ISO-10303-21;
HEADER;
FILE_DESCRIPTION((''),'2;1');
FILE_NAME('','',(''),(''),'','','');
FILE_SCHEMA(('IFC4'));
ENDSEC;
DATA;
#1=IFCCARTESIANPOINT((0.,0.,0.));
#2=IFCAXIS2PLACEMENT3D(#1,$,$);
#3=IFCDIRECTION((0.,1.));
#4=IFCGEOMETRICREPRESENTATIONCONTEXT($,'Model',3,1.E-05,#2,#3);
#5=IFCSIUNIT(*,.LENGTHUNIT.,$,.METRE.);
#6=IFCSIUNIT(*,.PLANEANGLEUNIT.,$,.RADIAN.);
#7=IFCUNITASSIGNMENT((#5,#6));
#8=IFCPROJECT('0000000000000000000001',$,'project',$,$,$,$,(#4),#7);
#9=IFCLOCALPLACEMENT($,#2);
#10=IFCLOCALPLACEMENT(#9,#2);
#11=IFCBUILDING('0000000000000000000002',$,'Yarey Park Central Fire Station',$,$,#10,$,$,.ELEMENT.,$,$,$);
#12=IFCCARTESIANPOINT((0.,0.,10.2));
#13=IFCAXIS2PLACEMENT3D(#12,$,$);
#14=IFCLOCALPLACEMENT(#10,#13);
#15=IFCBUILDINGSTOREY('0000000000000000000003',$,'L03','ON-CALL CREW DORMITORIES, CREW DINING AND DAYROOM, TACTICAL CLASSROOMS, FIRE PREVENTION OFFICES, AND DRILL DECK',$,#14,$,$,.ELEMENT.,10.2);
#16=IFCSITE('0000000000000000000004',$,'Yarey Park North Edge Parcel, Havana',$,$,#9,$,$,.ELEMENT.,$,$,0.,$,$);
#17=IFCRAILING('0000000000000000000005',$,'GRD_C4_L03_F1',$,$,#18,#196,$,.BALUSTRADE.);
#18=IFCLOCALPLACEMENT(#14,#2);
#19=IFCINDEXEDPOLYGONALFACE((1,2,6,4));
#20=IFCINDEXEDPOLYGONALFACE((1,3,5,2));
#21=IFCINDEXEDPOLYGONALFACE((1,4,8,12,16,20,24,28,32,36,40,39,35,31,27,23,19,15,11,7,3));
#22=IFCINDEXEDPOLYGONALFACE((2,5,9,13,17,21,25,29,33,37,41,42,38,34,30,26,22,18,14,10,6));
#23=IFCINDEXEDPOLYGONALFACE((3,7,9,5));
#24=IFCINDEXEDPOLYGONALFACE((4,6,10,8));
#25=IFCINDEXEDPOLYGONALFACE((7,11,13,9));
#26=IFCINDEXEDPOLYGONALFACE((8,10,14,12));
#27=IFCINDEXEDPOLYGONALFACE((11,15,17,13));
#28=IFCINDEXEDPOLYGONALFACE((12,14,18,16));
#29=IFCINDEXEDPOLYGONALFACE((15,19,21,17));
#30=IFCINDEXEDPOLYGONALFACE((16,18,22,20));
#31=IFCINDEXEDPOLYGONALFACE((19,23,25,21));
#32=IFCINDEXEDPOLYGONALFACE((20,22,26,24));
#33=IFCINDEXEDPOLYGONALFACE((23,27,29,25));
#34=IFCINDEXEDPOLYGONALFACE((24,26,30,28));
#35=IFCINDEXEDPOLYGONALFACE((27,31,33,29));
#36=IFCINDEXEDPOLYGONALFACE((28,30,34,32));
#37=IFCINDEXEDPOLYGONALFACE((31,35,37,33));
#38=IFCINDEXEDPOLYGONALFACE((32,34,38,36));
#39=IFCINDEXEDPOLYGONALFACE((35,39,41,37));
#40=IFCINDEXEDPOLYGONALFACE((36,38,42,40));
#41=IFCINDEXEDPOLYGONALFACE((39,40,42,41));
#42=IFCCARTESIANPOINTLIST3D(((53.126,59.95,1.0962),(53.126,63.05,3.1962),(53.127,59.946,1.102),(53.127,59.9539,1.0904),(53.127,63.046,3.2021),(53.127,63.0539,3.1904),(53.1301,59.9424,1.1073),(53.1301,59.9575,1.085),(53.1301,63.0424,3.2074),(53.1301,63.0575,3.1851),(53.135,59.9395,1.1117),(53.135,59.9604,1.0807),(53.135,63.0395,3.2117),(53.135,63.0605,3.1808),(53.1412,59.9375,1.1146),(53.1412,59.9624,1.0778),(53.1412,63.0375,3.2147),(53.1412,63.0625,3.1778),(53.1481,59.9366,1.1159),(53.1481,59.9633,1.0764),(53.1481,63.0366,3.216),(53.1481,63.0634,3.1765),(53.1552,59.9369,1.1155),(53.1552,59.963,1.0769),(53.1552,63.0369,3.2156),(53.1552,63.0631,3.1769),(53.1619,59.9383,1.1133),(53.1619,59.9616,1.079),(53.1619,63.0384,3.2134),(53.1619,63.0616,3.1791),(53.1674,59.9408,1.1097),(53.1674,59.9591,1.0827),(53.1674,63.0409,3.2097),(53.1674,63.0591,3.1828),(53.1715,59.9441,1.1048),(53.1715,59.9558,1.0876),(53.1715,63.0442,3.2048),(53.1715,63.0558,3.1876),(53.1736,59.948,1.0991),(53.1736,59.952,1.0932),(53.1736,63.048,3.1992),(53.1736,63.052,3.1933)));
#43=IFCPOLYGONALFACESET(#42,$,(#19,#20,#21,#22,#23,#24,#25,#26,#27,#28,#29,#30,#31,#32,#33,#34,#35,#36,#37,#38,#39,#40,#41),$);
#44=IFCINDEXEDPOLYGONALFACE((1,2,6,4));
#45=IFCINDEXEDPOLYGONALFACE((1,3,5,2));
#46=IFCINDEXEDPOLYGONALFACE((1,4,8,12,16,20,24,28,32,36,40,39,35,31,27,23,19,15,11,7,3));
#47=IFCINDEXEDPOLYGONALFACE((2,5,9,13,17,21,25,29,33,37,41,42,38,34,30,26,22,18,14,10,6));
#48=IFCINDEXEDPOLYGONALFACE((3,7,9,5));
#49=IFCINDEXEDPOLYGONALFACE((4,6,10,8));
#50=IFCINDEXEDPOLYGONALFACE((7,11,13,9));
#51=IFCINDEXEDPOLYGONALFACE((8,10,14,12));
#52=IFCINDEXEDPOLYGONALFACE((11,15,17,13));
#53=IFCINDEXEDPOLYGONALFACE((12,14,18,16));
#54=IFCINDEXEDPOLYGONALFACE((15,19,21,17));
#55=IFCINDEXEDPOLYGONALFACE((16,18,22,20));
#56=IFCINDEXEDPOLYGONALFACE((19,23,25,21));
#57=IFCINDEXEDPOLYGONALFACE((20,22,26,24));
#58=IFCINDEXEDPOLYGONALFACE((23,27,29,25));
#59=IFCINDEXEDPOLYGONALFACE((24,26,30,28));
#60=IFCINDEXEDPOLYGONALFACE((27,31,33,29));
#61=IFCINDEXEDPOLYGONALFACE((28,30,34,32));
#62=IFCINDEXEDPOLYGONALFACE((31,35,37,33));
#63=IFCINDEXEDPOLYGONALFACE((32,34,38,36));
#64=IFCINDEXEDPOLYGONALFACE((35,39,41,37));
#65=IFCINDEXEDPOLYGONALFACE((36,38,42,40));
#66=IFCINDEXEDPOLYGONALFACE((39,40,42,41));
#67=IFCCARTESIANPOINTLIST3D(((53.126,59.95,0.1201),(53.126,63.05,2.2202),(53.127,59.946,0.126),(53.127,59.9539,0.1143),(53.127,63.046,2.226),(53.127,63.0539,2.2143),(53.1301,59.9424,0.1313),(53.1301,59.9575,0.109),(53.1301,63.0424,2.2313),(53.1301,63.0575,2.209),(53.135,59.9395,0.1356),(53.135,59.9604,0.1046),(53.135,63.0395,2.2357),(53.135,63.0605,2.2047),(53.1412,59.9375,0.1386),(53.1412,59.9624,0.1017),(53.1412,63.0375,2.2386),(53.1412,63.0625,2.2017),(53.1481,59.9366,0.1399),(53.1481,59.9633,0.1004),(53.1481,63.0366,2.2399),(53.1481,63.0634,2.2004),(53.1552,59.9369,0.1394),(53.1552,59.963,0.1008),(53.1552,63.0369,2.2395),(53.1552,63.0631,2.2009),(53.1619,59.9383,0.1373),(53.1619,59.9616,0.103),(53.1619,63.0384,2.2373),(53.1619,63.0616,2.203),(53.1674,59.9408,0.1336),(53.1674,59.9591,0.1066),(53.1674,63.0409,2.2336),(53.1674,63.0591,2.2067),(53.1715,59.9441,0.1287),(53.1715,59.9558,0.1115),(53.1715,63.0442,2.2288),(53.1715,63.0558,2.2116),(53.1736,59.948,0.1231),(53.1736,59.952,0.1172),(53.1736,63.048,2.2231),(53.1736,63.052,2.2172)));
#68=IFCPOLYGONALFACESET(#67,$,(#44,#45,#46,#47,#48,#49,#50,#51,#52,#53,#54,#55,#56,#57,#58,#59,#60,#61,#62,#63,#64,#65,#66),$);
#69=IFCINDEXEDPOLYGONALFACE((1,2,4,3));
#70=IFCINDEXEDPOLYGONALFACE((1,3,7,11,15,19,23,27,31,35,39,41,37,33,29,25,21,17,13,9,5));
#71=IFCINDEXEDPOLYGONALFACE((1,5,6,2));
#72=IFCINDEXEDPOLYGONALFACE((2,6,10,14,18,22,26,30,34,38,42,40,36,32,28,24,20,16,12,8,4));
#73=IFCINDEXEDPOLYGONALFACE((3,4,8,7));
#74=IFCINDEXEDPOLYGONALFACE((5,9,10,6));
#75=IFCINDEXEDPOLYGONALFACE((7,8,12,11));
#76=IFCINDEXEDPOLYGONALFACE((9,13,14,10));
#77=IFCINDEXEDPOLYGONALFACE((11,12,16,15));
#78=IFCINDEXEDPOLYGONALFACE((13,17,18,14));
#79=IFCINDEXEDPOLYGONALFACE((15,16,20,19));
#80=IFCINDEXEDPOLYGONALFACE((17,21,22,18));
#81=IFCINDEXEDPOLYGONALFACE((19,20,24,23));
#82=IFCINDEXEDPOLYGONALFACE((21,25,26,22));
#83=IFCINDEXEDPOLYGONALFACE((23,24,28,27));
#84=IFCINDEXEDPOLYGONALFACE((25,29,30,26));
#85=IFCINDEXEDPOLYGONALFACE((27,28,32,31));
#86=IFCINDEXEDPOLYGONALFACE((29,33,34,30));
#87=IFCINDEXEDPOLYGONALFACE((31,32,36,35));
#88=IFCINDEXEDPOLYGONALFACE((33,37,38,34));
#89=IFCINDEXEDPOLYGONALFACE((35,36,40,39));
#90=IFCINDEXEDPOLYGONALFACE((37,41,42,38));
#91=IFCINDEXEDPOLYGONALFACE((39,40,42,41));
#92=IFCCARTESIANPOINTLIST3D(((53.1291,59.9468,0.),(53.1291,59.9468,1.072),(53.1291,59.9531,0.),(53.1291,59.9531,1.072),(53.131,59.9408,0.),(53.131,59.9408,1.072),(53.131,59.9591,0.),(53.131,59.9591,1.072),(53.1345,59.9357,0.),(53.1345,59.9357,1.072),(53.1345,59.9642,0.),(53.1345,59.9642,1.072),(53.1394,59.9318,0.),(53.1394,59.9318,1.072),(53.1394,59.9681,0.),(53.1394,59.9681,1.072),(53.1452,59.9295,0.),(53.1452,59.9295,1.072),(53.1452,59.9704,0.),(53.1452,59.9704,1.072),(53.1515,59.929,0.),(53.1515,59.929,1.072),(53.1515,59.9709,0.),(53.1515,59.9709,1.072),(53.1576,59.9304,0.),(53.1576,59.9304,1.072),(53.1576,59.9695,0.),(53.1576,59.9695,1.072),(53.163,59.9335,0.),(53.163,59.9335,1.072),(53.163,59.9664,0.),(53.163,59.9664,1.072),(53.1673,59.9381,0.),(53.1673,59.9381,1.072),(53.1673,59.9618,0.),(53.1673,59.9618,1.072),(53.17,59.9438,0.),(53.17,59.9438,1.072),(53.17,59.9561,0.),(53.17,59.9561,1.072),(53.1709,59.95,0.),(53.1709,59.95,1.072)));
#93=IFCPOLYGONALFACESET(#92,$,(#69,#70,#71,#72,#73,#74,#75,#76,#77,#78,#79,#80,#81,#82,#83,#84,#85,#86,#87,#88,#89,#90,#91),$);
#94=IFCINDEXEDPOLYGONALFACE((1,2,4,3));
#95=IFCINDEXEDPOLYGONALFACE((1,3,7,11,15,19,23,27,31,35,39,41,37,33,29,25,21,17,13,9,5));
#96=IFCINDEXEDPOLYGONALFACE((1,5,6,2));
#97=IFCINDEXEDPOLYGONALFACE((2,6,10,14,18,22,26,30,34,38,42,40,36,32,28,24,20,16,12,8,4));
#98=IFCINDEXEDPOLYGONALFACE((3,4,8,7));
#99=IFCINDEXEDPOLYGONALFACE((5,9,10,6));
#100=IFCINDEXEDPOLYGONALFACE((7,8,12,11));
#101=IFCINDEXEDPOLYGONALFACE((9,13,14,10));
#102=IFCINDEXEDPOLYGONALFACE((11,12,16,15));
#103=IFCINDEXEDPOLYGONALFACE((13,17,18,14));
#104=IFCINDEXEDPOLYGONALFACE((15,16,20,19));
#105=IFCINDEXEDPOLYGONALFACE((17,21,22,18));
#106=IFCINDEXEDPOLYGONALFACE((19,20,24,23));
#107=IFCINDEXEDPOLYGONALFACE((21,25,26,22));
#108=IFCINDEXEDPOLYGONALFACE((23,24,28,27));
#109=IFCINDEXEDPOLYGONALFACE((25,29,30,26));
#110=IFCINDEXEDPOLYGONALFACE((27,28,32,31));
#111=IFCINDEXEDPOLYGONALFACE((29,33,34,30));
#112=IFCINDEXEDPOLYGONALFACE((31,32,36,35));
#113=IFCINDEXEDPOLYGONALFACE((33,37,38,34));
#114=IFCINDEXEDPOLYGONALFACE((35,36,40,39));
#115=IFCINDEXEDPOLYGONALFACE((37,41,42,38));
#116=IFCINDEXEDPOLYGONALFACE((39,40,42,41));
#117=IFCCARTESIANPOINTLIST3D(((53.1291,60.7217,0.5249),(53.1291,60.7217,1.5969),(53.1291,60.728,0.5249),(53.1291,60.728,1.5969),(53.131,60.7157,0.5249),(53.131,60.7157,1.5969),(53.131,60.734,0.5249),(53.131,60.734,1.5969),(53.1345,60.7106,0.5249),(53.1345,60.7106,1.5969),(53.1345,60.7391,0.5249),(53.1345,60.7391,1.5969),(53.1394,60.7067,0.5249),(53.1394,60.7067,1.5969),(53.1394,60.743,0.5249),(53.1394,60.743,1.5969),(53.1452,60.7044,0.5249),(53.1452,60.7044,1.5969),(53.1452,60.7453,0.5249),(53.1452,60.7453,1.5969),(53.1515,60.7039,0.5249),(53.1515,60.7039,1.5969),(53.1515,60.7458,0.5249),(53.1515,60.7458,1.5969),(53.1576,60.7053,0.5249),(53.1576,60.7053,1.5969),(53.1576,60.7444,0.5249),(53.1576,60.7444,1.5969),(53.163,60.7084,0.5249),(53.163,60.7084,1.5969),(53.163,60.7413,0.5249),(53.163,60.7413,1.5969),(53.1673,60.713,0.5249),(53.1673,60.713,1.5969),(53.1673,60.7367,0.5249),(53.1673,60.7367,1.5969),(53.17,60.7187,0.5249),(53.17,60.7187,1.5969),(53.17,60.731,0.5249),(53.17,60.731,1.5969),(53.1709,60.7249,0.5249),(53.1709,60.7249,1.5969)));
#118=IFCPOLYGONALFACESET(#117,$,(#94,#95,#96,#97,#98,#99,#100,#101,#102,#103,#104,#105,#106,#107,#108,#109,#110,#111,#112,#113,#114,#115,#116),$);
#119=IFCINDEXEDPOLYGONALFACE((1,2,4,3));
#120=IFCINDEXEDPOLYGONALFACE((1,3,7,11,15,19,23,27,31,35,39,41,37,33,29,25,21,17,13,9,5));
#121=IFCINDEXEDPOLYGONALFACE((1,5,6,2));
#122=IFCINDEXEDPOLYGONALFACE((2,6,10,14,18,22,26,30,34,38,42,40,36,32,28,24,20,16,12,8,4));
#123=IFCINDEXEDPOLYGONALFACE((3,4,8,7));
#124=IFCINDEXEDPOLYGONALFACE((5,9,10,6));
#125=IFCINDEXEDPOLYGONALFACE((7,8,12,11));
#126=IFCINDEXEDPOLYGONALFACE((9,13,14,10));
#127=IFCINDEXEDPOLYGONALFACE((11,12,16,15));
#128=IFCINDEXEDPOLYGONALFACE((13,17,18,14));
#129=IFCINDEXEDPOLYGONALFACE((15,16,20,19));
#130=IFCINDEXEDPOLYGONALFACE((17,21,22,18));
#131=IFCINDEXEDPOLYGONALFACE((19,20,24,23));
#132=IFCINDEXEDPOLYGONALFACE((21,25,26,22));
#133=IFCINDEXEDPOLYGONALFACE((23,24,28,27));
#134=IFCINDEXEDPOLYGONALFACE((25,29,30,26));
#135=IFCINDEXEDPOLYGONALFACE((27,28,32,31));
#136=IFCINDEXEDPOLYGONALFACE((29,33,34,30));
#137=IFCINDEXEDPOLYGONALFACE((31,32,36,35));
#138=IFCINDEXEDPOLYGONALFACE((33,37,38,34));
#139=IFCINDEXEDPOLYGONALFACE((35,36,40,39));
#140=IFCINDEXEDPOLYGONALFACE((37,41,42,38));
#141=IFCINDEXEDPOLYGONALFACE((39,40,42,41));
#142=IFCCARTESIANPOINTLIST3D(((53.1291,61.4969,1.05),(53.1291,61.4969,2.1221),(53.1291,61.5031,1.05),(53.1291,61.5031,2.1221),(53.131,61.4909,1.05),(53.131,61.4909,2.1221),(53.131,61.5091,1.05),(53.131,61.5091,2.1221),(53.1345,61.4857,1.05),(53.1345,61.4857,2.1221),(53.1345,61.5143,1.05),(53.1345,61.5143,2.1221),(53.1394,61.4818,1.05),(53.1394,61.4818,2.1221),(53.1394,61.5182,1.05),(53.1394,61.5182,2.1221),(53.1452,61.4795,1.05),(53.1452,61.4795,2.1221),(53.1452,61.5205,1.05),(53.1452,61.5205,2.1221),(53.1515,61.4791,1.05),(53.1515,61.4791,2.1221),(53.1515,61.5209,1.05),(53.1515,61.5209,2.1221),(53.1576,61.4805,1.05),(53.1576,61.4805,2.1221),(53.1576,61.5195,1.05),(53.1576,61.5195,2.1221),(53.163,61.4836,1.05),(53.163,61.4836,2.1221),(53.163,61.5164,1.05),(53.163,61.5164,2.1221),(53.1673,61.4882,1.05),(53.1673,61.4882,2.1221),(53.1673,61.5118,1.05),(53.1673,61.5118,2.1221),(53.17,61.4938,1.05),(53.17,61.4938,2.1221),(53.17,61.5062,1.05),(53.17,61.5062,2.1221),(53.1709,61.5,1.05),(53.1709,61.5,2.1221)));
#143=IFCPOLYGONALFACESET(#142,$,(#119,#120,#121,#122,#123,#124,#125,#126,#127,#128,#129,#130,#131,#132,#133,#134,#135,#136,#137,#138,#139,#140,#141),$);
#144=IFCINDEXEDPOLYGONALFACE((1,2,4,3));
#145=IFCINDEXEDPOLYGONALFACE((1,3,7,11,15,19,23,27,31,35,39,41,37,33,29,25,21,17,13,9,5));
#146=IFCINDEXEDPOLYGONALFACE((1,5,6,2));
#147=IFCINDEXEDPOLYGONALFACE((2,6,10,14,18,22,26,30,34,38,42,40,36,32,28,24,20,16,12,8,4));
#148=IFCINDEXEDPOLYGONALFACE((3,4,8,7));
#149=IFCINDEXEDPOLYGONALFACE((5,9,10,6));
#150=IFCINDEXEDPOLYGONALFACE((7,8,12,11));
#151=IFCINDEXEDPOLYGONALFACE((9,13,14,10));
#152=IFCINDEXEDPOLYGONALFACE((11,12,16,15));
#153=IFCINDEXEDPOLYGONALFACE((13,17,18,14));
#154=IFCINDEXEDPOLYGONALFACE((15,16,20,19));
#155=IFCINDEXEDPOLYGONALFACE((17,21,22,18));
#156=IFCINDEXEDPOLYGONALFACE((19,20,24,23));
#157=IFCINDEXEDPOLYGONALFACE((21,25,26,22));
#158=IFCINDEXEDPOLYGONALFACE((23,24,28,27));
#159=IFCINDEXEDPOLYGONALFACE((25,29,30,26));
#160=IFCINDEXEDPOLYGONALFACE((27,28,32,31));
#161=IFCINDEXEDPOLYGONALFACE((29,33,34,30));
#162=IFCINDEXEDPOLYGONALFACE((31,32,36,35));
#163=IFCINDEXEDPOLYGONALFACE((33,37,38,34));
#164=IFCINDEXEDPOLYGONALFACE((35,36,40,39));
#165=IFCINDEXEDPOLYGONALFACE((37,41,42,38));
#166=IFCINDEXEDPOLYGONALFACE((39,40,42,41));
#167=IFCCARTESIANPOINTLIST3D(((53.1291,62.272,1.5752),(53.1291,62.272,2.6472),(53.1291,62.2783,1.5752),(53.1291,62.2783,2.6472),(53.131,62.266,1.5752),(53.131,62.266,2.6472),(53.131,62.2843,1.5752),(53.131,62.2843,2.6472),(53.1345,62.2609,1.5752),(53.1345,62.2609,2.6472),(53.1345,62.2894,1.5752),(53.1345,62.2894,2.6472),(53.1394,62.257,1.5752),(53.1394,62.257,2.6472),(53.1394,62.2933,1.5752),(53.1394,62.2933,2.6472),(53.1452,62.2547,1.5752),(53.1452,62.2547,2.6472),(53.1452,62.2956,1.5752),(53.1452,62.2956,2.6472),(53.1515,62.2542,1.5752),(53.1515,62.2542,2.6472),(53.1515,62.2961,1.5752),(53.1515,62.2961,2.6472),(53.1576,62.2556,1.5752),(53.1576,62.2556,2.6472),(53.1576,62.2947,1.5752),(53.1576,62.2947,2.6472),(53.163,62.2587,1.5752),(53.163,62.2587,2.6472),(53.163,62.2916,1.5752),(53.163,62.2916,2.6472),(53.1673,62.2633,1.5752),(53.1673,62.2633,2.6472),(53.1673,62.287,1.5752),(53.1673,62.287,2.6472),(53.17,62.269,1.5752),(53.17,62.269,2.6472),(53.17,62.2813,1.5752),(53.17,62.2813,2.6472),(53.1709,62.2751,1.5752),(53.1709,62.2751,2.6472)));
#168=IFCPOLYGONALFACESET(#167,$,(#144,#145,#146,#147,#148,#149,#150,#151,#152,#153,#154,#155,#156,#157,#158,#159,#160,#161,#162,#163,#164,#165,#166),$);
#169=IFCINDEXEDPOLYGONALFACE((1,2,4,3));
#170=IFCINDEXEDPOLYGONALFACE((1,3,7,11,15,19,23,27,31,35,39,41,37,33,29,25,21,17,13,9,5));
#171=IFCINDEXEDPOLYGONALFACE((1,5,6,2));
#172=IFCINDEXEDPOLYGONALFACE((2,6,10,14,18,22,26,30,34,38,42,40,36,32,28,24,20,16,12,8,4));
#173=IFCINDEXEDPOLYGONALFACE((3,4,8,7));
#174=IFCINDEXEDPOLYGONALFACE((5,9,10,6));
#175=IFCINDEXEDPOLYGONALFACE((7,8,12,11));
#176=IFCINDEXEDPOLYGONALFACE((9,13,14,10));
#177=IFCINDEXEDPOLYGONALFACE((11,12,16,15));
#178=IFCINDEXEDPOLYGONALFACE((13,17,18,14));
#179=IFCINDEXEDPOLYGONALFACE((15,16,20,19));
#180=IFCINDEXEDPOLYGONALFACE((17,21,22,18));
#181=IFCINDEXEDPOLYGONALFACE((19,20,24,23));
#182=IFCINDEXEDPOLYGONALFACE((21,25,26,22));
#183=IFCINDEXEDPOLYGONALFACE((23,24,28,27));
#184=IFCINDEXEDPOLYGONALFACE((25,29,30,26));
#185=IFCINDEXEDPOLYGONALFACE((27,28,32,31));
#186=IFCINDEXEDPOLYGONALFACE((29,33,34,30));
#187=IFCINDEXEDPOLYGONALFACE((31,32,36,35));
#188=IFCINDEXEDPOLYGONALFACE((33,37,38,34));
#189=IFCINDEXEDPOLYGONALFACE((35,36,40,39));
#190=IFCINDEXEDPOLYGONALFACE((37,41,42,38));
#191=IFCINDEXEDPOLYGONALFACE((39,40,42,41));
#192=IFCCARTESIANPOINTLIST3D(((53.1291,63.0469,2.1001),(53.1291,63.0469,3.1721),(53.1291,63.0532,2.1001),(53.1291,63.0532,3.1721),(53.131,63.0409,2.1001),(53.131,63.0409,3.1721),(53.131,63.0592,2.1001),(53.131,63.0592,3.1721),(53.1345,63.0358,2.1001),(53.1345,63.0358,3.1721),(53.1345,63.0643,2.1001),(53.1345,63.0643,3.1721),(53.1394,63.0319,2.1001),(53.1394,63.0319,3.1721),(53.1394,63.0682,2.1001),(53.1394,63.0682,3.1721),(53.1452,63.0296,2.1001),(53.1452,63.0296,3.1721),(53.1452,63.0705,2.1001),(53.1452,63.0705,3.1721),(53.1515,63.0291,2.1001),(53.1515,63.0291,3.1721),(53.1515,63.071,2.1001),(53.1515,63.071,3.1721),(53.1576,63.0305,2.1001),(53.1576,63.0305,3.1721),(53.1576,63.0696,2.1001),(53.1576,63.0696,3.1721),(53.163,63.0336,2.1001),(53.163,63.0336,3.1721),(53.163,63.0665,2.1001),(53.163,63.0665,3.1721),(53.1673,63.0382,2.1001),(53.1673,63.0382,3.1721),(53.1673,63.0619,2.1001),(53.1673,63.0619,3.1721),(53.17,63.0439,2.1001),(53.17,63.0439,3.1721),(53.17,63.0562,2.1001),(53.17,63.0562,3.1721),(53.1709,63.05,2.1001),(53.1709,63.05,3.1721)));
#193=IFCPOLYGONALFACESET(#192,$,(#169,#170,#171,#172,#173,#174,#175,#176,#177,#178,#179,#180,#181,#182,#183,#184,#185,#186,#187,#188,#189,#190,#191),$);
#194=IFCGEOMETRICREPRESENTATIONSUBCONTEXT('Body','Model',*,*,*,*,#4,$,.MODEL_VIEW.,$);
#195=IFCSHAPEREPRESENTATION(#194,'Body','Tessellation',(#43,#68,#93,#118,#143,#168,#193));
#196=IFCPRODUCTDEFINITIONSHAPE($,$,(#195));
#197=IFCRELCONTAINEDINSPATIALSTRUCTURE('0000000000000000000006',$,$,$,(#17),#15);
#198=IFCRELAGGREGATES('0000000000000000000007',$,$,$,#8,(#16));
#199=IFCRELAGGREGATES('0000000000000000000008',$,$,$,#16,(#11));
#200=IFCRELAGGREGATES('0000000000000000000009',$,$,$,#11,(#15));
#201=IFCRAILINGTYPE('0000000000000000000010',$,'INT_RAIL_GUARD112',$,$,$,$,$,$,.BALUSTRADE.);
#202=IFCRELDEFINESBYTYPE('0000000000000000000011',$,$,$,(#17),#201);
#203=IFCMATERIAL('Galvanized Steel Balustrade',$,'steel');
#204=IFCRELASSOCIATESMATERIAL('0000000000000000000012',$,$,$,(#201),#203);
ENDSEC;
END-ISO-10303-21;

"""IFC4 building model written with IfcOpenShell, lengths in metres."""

from ifc_helpers import new_model, si_unit, direction, frame, origin, origin_2d, place, context, subcontext, project, spatial, circle, extrude, material, type_object, element, save


model = new_model("IFC4")

# Units and contexts
model_context = context("Model", 3, precision=1e-05, world=origin(), true_north=direction((0.0, 1.0)))
body_context = subcontext(model_context, "Body", "Model", "MODEL_VIEW")
ifc_project = project(units=[si_unit("LENGTHUNIT", "METRE"), si_unit("PLANEANGLEUNIT", "RADIAN")], contexts=[model_context])

# Site, building, storey
site_placement = place(None, origin())
site = spatial("IfcSite", under=ifc_project, at=site_placement, Name="Yarey Park North Edge Parcel, Havana", CompositionType="ELEMENT", RefElevation=0.0)
building_placement = place(site_placement, origin())
building = spatial("IfcBuilding", under=site, at=building_placement, Name="Yarey Park Central Fire Station", CompositionType="ELEMENT")
storey_placement = place(building_placement, frame((0.0, 0.0, 10.2)))
storey = spatial("IfcBuildingStorey", under=building, at=storey_placement, Name="L03", Description="ON-CALL CREW DORMITORIES, CREW DINING AND DAYROOM, TACTICAL CLASSROOMS, FIRE PREVENTION OFFICES, AND DRILL DECK", CompositionType="ELEMENT", Elevation=10.2)

# Railing
ifc_material_1 = material(Name="Galvanized Steel Balustrade", Category="steel")
railing_type_1 = type_object("IfcRailingType", Name="INT_RAIL_GUARD112", PredefinedType="BALUSTRADE", material=ifc_material_1)
railing_1_placement = place(storey_placement, frame((53.1499, 59.95, 0.0)))
element("IfcRailing", 1, at=railing_1_placement, inside=storey, type_object=railing_type_1, Name="GRD_C4_L03_F1", PredefinedType="BALUSTRADE", context=body_context, shape_type="SweptSolid", body=[
    extrude(circle(Radius=0.0239, at=origin_2d()), frame((0.0, 0.0, 1.0962), z_axis=(0.0, 0.827915, 0.560854), x_axis=(-1.0, 0.0, 0.0)), (0.0, 0.0, 1.0), 3.7444),
    extrude(circle(Radius=0.0239, at=origin_2d()), frame((0.0, 0.0, 0.1201), z_axis=(0.0, 0.827915, 0.560854), x_axis=(-1.0, 0.0, 0.0)), (0.0, 0.0, 1.0), 3.7444),
    extrude(circle(Radius=0.021, at=origin_2d()), origin(), (0.0, 0.0, 1.0), 1.072),
    extrude(circle(Radius=0.021, at=origin_2d()), frame((0.0, 0.7749, 0.5249)), (0.0, 0.0, 1.0), 1.072),
    extrude(circle(Radius=0.021, at=origin_2d()), frame((0.0, 1.55, 1.05)), (0.0, 0.0, 1.0), 1.072),
    extrude(circle(Radius=0.021, at=origin_2d()), frame((0.0, 2.3252, 1.5752)), (0.0, 0.0, 1.0), 1.072),
    extrude(circle(Radius=0.021, at=origin_2d()), frame((0.0, 3.1001, 2.1001)), (0.0, 0.0, 1.0), 1.072),
])

save(model, "model.ifc")
